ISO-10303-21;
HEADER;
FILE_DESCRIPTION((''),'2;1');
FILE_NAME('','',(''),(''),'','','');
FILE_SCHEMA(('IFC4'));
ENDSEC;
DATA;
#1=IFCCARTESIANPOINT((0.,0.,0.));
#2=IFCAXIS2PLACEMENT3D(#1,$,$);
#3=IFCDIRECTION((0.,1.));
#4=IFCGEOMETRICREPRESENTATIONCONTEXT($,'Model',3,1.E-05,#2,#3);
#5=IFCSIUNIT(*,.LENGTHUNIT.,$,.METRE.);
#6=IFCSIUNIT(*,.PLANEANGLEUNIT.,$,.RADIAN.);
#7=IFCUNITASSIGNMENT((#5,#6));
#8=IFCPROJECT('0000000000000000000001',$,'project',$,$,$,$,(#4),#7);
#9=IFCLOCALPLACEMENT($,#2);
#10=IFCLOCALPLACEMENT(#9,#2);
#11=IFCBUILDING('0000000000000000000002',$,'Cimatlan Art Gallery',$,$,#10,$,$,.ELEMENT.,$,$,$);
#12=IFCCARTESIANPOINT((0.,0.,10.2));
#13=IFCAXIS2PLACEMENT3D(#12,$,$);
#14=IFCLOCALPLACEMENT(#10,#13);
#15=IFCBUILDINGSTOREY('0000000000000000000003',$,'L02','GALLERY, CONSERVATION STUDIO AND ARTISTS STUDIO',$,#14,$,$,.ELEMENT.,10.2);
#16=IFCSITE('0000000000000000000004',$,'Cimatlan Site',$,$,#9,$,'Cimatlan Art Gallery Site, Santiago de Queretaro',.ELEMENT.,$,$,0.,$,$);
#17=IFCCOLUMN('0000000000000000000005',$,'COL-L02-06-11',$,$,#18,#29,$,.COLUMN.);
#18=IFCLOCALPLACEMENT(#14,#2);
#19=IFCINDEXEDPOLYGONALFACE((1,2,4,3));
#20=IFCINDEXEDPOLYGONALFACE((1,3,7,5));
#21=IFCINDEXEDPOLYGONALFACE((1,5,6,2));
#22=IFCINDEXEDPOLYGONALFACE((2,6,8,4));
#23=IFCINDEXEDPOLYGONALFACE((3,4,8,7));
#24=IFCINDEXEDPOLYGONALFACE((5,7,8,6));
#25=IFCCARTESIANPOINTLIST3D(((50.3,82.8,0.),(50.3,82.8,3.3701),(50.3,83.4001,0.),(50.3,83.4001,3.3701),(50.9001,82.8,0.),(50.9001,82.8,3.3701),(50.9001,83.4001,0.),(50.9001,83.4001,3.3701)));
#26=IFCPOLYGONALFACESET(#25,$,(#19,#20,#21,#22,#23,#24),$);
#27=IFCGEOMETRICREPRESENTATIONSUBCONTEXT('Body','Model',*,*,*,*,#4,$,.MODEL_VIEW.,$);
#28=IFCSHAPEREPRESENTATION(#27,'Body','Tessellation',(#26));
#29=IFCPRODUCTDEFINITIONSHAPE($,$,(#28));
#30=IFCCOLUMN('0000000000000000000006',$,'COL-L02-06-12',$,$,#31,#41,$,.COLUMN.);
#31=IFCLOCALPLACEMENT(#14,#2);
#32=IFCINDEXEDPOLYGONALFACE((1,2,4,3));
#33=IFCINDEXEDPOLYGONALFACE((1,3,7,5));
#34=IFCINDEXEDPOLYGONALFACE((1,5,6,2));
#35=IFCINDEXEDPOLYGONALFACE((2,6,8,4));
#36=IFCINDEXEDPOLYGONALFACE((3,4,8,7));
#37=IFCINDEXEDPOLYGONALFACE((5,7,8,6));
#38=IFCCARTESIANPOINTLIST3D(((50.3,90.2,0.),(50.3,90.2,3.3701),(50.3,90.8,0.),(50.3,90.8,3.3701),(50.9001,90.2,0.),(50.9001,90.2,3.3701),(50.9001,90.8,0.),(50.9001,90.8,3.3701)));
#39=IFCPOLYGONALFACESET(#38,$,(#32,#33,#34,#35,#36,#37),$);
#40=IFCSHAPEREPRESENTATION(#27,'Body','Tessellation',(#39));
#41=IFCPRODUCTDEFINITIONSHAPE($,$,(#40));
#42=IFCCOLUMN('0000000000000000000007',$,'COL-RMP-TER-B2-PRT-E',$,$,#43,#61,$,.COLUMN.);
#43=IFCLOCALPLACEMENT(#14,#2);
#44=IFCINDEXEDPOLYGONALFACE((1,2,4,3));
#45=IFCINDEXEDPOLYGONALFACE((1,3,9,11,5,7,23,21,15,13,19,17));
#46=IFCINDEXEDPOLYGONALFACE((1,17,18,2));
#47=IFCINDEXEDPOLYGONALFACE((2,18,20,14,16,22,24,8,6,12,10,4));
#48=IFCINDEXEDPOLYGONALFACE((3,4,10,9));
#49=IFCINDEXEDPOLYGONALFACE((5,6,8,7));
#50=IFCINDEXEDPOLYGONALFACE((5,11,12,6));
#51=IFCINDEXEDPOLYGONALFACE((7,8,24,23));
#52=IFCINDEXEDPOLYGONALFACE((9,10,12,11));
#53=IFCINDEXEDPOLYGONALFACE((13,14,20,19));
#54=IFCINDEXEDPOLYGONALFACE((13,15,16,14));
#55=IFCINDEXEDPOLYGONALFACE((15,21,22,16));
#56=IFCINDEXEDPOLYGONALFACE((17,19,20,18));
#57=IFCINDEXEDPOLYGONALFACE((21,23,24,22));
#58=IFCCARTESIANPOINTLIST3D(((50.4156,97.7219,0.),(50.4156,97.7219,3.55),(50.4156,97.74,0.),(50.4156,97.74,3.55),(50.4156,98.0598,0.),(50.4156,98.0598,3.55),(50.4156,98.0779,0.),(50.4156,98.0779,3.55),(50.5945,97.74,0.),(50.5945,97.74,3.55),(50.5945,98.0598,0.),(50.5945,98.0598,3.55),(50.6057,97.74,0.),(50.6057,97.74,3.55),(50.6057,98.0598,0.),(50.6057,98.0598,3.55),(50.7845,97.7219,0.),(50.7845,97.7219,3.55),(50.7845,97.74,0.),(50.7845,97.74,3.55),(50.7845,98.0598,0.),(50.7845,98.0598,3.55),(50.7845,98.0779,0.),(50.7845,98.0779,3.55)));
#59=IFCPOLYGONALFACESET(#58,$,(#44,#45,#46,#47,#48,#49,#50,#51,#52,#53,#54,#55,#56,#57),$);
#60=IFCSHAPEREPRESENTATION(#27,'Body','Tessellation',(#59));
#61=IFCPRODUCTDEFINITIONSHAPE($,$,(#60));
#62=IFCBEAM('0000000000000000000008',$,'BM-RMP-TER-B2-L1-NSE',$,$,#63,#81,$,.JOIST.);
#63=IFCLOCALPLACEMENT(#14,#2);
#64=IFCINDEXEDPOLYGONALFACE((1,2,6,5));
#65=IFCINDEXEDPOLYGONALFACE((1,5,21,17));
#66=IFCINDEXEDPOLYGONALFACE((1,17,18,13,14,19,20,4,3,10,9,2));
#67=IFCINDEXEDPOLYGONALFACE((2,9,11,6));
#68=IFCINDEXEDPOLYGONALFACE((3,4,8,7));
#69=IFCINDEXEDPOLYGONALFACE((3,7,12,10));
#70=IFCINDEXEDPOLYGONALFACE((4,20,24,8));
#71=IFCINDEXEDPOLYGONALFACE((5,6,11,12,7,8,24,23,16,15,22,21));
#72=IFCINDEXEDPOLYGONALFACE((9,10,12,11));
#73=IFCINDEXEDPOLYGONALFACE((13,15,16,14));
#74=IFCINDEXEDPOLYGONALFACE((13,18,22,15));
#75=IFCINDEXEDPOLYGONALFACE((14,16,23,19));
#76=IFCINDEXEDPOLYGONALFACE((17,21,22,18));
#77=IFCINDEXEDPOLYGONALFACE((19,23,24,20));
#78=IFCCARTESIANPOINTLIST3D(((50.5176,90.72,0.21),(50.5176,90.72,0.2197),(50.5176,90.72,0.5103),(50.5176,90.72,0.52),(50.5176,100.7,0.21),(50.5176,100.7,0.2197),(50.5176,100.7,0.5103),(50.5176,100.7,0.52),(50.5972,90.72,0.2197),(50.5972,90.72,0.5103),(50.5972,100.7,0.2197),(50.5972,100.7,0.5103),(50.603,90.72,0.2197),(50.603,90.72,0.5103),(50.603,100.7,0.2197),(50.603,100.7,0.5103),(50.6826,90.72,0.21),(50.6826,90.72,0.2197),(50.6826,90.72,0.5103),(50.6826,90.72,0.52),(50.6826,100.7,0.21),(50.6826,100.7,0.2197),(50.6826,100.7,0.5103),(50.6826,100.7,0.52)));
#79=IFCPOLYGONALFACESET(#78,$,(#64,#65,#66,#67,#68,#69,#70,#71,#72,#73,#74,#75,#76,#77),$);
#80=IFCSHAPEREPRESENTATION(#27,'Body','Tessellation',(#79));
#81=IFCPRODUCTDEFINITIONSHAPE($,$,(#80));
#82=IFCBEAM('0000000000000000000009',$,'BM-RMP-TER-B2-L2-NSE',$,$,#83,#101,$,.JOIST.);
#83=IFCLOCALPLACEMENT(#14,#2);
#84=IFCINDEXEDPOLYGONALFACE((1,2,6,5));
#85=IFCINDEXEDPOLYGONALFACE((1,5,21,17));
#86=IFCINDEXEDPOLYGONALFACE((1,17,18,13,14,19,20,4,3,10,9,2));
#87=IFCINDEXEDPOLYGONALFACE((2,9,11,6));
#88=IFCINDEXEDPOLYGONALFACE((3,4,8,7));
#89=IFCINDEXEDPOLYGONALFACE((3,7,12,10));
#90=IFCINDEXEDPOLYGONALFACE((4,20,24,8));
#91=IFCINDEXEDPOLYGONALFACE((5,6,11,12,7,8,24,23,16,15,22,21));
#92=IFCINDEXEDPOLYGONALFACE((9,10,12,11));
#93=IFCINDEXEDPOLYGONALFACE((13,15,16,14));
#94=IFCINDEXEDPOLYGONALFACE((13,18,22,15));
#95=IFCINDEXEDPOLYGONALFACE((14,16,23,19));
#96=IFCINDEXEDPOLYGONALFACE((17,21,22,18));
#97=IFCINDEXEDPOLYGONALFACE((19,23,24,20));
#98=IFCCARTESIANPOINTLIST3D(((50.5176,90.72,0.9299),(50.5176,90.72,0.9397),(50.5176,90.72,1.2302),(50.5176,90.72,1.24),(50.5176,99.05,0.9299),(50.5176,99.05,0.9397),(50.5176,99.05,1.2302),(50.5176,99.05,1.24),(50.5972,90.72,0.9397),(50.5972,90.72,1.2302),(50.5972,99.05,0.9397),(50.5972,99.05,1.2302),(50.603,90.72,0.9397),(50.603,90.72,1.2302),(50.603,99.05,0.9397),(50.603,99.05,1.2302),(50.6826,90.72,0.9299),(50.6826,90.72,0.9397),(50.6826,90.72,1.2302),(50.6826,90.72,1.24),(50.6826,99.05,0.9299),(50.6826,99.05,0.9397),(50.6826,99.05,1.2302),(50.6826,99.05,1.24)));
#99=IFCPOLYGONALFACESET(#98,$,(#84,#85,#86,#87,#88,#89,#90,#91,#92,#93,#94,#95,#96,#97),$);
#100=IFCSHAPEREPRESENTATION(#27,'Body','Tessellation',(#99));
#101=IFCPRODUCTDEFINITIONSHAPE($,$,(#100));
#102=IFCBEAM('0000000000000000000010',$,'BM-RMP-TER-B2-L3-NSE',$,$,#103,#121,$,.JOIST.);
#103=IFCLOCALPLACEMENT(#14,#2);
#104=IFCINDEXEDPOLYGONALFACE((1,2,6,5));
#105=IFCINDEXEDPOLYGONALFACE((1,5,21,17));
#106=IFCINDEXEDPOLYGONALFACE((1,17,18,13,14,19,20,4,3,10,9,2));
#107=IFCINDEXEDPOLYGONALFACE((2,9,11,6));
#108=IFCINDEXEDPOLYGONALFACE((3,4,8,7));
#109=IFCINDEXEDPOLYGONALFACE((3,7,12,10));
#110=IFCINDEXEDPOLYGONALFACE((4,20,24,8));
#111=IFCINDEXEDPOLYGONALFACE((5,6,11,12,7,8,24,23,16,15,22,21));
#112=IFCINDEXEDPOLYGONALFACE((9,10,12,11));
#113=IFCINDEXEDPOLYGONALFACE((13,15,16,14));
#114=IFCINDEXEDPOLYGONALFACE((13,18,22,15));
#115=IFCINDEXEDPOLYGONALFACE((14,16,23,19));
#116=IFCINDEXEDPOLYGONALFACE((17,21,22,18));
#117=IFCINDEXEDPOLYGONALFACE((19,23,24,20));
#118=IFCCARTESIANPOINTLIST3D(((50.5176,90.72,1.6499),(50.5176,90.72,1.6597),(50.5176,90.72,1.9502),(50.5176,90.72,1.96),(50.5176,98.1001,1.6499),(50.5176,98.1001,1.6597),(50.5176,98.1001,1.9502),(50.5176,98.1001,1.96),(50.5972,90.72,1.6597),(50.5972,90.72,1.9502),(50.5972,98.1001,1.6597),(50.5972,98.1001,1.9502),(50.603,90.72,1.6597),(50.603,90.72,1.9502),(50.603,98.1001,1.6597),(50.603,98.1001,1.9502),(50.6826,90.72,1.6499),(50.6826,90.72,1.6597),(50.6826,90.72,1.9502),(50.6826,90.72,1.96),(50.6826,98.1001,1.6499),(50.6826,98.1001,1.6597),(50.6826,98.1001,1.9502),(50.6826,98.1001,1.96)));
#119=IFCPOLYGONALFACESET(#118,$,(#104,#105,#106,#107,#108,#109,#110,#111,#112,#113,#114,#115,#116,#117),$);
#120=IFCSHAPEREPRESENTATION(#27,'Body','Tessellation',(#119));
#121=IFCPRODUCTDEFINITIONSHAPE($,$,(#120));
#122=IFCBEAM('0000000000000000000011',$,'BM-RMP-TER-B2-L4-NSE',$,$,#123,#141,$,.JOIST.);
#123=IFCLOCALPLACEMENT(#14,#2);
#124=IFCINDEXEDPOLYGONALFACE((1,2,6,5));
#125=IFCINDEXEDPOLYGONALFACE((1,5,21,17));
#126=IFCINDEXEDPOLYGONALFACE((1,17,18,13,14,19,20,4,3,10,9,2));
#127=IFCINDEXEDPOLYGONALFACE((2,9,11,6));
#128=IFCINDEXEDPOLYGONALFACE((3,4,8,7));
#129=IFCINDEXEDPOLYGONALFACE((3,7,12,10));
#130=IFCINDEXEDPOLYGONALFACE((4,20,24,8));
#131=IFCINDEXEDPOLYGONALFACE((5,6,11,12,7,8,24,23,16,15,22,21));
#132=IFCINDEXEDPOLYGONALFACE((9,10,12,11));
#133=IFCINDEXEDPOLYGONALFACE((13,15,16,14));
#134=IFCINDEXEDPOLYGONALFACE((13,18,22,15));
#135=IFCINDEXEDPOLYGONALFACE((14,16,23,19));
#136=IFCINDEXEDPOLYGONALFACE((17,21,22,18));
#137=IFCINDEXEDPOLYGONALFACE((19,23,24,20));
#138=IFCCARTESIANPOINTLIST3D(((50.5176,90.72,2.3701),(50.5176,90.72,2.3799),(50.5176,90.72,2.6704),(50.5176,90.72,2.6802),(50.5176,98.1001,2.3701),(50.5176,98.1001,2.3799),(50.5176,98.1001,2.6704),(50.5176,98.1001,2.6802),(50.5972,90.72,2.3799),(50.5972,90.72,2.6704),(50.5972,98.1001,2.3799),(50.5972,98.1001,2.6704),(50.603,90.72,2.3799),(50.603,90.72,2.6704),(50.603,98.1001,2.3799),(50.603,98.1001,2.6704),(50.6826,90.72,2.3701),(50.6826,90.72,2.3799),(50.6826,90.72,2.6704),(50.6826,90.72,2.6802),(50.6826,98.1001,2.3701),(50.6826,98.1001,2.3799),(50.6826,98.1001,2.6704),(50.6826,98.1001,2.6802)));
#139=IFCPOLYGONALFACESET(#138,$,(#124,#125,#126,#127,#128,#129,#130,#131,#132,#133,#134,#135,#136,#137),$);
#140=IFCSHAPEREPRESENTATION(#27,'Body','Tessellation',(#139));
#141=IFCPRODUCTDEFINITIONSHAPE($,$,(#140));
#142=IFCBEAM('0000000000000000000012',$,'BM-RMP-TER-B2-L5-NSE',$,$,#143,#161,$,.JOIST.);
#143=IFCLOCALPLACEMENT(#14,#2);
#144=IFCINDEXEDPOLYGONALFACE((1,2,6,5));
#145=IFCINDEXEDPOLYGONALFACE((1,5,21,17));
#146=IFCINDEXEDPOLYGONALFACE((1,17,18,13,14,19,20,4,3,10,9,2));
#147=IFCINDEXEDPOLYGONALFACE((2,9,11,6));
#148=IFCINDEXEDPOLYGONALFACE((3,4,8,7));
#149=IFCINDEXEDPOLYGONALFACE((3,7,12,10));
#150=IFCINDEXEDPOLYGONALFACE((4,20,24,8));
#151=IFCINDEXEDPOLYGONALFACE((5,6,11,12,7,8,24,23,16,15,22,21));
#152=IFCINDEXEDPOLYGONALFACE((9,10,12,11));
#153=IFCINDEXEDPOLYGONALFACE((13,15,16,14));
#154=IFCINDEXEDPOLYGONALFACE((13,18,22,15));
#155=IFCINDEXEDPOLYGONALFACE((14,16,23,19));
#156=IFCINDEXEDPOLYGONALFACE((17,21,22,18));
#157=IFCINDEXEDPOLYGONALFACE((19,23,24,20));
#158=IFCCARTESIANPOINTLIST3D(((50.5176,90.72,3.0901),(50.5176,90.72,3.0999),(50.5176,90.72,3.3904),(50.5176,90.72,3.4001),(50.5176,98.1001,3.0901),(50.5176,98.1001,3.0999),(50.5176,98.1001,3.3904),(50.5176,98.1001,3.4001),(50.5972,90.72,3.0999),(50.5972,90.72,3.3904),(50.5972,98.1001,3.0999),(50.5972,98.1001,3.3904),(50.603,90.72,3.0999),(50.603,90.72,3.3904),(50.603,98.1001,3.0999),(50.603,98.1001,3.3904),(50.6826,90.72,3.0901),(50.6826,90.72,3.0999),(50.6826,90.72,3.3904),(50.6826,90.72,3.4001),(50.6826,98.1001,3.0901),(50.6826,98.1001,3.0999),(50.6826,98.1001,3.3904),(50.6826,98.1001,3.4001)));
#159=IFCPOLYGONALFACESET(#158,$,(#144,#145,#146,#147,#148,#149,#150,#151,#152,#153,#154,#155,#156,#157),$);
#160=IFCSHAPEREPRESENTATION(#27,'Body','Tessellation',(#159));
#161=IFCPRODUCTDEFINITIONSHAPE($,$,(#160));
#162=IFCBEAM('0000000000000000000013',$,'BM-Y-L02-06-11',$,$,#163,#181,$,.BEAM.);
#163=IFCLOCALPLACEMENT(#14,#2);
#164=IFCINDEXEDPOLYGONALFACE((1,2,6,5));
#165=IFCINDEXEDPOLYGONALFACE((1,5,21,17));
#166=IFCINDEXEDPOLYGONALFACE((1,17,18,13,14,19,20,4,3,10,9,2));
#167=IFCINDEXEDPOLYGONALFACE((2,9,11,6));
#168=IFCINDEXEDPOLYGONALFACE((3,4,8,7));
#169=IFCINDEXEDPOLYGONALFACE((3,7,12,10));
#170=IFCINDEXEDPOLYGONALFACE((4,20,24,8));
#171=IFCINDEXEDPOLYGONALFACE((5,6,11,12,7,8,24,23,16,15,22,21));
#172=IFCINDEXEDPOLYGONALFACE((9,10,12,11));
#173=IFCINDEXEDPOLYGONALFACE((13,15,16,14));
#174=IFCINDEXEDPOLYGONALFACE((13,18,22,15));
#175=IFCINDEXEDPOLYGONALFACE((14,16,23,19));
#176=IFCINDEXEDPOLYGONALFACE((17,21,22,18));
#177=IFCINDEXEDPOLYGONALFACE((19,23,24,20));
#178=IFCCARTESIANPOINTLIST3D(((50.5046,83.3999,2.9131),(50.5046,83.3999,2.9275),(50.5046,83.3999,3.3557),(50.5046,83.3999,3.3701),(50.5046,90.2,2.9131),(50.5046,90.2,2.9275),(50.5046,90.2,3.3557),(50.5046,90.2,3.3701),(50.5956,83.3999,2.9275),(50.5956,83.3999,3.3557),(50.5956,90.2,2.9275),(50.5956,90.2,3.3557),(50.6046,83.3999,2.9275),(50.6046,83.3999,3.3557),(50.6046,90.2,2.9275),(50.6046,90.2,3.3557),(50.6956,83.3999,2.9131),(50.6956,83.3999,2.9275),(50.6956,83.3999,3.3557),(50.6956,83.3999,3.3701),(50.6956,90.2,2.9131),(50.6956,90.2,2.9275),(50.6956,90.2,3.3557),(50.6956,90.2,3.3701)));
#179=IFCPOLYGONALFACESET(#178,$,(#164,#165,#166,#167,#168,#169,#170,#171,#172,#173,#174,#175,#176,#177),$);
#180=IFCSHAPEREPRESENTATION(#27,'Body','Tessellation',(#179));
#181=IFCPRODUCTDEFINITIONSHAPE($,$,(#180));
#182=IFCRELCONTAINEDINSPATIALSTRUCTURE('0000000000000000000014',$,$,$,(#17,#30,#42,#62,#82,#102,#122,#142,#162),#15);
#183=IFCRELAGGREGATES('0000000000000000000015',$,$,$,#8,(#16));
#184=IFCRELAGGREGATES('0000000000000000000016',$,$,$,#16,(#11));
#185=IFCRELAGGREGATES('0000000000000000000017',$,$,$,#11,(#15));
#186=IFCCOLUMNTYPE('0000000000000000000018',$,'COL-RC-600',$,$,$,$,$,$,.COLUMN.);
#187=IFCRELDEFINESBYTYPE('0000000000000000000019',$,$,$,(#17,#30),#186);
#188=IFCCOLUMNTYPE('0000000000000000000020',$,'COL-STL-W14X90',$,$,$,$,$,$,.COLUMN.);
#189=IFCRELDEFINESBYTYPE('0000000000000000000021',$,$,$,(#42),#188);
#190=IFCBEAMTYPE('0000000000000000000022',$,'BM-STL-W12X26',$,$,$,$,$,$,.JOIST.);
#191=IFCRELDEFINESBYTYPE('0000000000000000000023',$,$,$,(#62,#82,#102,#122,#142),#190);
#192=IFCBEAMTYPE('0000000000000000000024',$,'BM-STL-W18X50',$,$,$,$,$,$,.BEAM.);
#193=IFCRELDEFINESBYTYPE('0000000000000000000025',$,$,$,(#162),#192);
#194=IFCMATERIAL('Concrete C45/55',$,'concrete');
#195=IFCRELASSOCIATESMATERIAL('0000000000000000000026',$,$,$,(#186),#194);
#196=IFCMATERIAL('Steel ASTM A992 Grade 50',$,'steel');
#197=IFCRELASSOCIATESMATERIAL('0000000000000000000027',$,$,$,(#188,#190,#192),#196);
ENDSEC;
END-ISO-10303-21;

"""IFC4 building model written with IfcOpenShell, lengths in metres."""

from ifc_helpers import new_model, si_unit, direction, frame, origin, origin_2d, place, context, subcontext, project, spatial, rectangle, i_section, extrude, material, material_profile, profile_set, type_object, element, save


model = new_model("IFC4")

# Units and contexts
model_context = context("Model", 3, precision=1e-05, world=origin(), true_north=direction((0.0, 1.0)))
body_context = subcontext(model_context, "Body", "Model", "MODEL_VIEW")
ifc_project = project(units=[si_unit("LENGTHUNIT", "METRE"), si_unit("PLANEANGLEUNIT", "RADIAN")], contexts=[model_context])

# Site, building, storey
site_placement = place(None, origin())
site = spatial("IfcSite", under=ifc_project, at=site_placement, Name="Cimatlan Site", LongName="Cimatlan Art Gallery Site, Santiago de Queretaro", CompositionType="ELEMENT", RefElevation=0.0)
building_placement = place(site_placement, origin())
building = spatial("IfcBuilding", under=site, at=building_placement, Name="Cimatlan Art Gallery", CompositionType="ELEMENT")
storey_placement = place(building_placement, frame((0.0, 0.0, 10.2)))
storey = spatial("IfcBuildingStorey", under=building, at=storey_placement, Name="L02", Description="GALLERY, CONSERVATION STUDIO AND ARTISTS STUDIO", CompositionType="ELEMENT", Elevation=10.2)

# Columns
ifc_material_1 = material(Name="Concrete C45/55", Category="concrete")
ifc_material_profile_1 = material_profile(ifc_material_1, rectangle(XDim=0.6001, YDim=0.6001, at=origin_2d()), Name="RC600X600")
ifc_profile_set_1 = profile_set([ifc_material_profile_1], Name="Concrete C45/55")
column_type_1 = type_object("IfcColumnType", Name="COL-RC-600", PredefinedType="COLUMN", material=ifc_profile_set_1)
for number, where, z_axis, x_axis, name in (
    (1, (50.6001, 83.1001, 0.0), (0.0, 0.0, 1.0), (1.0, 0.0, 0.0), "COL-L02-06-11"),
    (2, (50.6001, 90.5, 0.0), (0.0, 0.0, 1.0), (1.0, 0.0, 0.0), "COL-L02-06-12"),
):
    element("IfcColumn", number, at=place(storey_placement, frame(where, z_axis=z_axis, x_axis=x_axis)), inside=storey, type_object=column_type_1, Name=name, PredefinedType="COLUMN", context=body_context, shape_type="SweptSolid", body=[
        extrude(rectangle(XDim=0.6001, YDim=0.6001, at=origin_2d()), origin(), (0.0, 0.0, 1.0), 3.3701),
    ])
ifc_material_2 = material(Name="Steel ASTM A992 Grade 50", Category="steel")
ifc_material_profile_2 = material_profile(ifc_material_2, i_section(OverallWidth=0.3689, OverallDepth=0.356, WebThickness=0.0112, FlangeThickness=0.0181, at=origin_2d()), Name="W14X90")
ifc_profile_set_2 = profile_set([ifc_material_profile_2], Name="Steel ASTM A992 Grade 50")
column_type_2 = type_object("IfcColumnType", Name="COL-STL-W14X90", PredefinedType="COLUMN", material=ifc_profile_set_2)
column_placement = place(storey_placement, frame((50.6001, 97.8999, 0.0), z_axis=(0.0, 0.0, 1.0), x_axis=(1.0, 0.0, 0.0)))
element("IfcColumn", 3, at=column_placement, inside=storey, type_object=column_type_2, Name="COL-RMP-TER-B2-PRT-E", PredefinedType="COLUMN", context=body_context, shape_type="SweptSolid", body=[
    extrude(i_section(OverallWidth=0.3689, OverallDepth=0.356, WebThickness=0.0112, FlangeThickness=0.0181, at=origin_2d()), origin(), (0.0, 0.0, 1.0), 3.55),
])

# Beams
ifc_material_profile_3 = material_profile(ifc_material_2, i_section(OverallWidth=0.165, OverallDepth=0.3101, WebThickness=0.0059, FlangeThickness=0.0098, at=origin_2d()), Name="W12X26")
ifc_profile_set_3 = profile_set([ifc_material_profile_3], Name="Steel ASTM A992 Grade 50")
beam_type_1 = type_object("IfcBeamType", Name="BM-STL-W12X26", PredefinedType="JOIST", material=ifc_profile_set_3)
beam_1_placement = place(storey_placement, frame((50.6001, 90.72, 0.365), z_axis=(0.0, 1.0, 0.0), x_axis=(-1.0, 0.0, 0.0)))
element("IfcBeam", 4, at=beam_1_placement, inside=storey, type_object=beam_type_1, Name="BM-RMP-TER-B2-L1-NSE", PredefinedType="JOIST", context=body_context, shape_type="SweptSolid", body=[
    extrude(i_section(OverallWidth=0.165, OverallDepth=0.3101, WebThickness=0.0059, FlangeThickness=0.0098, at=origin_2d()), origin(), (0.0, 0.0, 1.0), 9.98),
])
beam_2_placement = place(storey_placement, frame((50.6001, 90.72, 1.085), z_axis=(0.0, 1.0, 0.0), x_axis=(-1.0, 0.0, 0.0)))
element("IfcBeam", 5, at=beam_2_placement, inside=storey, type_object=beam_type_1, Name="BM-RMP-TER-B2-L2-NSE", PredefinedType="JOIST", context=body_context, shape_type="SweptSolid", body=[
    extrude(i_section(OverallWidth=0.165, OverallDepth=0.3101, WebThickness=0.0059, FlangeThickness=0.0098, at=origin_2d()), origin(), (0.0, 0.0, 1.0), 8.3301),
])
for number, where, z_axis, x_axis, name in (
    (6, (50.6001, 90.72, 1.8049), (0.0, 1.0, 0.0), (-1.0, 0.0, 0.0), "BM-RMP-TER-B2-L3-NSE"),
    (7, (50.6001, 90.72, 2.5251), (0.0, 1.0, 0.0), (-1.0, 0.0, 0.0), "BM-RMP-TER-B2-L4-NSE"),
    (8, (50.6001, 90.72, 3.2451), (0.0, 1.0, 0.0), (-1.0, 0.0, 0.0), "BM-RMP-TER-B2-L5-NSE"),
):
    element("IfcBeam", number, at=place(storey_placement, frame(where, z_axis=z_axis, x_axis=x_axis)), inside=storey, type_object=beam_type_1, Name=name, PredefinedType="JOIST", context=body_context, shape_type="SweptSolid", body=[
        extrude(i_section(OverallWidth=0.165, OverallDepth=0.3101, WebThickness=0.0059, FlangeThickness=0.0098, at=origin_2d()), origin(), (0.0, 0.0, 1.0), 7.3801),
    ])
ifc_material_profile_4 = material_profile(ifc_material_2, i_section(OverallWidth=0.1909, OverallDepth=0.457, WebThickness=0.009, FlangeThickness=0.0144, at=origin_2d()), Name="W18X50")
ifc_profile_set_4 = profile_set([ifc_material_profile_4], Name="Steel ASTM A992 Grade 50")
beam_type_2 = type_object("IfcBeamType", Name="BM-STL-W18X50", PredefinedType="BEAM", material=ifc_profile_set_4)
beam_3_placement = place(storey_placement, frame((50.6001, 83.3999, 3.1416), z_axis=(0.0, 1.0, 0.0), x_axis=(-1.0, 0.0, 0.0)))
element("IfcBeam", 9, at=beam_3_placement, inside=storey, type_object=beam_type_2, Name="BM-Y-L02-06-11", PredefinedType="BEAM", context=body_context, shape_type="SweptSolid", body=[
    extrude(i_section(OverallWidth=0.1909, OverallDepth=0.457, WebThickness=0.009, FlangeThickness=0.0144, at=origin_2d()), origin(), (0.0, 0.0, 1.0), 6.8),
])

save(model, "model.ifc")
